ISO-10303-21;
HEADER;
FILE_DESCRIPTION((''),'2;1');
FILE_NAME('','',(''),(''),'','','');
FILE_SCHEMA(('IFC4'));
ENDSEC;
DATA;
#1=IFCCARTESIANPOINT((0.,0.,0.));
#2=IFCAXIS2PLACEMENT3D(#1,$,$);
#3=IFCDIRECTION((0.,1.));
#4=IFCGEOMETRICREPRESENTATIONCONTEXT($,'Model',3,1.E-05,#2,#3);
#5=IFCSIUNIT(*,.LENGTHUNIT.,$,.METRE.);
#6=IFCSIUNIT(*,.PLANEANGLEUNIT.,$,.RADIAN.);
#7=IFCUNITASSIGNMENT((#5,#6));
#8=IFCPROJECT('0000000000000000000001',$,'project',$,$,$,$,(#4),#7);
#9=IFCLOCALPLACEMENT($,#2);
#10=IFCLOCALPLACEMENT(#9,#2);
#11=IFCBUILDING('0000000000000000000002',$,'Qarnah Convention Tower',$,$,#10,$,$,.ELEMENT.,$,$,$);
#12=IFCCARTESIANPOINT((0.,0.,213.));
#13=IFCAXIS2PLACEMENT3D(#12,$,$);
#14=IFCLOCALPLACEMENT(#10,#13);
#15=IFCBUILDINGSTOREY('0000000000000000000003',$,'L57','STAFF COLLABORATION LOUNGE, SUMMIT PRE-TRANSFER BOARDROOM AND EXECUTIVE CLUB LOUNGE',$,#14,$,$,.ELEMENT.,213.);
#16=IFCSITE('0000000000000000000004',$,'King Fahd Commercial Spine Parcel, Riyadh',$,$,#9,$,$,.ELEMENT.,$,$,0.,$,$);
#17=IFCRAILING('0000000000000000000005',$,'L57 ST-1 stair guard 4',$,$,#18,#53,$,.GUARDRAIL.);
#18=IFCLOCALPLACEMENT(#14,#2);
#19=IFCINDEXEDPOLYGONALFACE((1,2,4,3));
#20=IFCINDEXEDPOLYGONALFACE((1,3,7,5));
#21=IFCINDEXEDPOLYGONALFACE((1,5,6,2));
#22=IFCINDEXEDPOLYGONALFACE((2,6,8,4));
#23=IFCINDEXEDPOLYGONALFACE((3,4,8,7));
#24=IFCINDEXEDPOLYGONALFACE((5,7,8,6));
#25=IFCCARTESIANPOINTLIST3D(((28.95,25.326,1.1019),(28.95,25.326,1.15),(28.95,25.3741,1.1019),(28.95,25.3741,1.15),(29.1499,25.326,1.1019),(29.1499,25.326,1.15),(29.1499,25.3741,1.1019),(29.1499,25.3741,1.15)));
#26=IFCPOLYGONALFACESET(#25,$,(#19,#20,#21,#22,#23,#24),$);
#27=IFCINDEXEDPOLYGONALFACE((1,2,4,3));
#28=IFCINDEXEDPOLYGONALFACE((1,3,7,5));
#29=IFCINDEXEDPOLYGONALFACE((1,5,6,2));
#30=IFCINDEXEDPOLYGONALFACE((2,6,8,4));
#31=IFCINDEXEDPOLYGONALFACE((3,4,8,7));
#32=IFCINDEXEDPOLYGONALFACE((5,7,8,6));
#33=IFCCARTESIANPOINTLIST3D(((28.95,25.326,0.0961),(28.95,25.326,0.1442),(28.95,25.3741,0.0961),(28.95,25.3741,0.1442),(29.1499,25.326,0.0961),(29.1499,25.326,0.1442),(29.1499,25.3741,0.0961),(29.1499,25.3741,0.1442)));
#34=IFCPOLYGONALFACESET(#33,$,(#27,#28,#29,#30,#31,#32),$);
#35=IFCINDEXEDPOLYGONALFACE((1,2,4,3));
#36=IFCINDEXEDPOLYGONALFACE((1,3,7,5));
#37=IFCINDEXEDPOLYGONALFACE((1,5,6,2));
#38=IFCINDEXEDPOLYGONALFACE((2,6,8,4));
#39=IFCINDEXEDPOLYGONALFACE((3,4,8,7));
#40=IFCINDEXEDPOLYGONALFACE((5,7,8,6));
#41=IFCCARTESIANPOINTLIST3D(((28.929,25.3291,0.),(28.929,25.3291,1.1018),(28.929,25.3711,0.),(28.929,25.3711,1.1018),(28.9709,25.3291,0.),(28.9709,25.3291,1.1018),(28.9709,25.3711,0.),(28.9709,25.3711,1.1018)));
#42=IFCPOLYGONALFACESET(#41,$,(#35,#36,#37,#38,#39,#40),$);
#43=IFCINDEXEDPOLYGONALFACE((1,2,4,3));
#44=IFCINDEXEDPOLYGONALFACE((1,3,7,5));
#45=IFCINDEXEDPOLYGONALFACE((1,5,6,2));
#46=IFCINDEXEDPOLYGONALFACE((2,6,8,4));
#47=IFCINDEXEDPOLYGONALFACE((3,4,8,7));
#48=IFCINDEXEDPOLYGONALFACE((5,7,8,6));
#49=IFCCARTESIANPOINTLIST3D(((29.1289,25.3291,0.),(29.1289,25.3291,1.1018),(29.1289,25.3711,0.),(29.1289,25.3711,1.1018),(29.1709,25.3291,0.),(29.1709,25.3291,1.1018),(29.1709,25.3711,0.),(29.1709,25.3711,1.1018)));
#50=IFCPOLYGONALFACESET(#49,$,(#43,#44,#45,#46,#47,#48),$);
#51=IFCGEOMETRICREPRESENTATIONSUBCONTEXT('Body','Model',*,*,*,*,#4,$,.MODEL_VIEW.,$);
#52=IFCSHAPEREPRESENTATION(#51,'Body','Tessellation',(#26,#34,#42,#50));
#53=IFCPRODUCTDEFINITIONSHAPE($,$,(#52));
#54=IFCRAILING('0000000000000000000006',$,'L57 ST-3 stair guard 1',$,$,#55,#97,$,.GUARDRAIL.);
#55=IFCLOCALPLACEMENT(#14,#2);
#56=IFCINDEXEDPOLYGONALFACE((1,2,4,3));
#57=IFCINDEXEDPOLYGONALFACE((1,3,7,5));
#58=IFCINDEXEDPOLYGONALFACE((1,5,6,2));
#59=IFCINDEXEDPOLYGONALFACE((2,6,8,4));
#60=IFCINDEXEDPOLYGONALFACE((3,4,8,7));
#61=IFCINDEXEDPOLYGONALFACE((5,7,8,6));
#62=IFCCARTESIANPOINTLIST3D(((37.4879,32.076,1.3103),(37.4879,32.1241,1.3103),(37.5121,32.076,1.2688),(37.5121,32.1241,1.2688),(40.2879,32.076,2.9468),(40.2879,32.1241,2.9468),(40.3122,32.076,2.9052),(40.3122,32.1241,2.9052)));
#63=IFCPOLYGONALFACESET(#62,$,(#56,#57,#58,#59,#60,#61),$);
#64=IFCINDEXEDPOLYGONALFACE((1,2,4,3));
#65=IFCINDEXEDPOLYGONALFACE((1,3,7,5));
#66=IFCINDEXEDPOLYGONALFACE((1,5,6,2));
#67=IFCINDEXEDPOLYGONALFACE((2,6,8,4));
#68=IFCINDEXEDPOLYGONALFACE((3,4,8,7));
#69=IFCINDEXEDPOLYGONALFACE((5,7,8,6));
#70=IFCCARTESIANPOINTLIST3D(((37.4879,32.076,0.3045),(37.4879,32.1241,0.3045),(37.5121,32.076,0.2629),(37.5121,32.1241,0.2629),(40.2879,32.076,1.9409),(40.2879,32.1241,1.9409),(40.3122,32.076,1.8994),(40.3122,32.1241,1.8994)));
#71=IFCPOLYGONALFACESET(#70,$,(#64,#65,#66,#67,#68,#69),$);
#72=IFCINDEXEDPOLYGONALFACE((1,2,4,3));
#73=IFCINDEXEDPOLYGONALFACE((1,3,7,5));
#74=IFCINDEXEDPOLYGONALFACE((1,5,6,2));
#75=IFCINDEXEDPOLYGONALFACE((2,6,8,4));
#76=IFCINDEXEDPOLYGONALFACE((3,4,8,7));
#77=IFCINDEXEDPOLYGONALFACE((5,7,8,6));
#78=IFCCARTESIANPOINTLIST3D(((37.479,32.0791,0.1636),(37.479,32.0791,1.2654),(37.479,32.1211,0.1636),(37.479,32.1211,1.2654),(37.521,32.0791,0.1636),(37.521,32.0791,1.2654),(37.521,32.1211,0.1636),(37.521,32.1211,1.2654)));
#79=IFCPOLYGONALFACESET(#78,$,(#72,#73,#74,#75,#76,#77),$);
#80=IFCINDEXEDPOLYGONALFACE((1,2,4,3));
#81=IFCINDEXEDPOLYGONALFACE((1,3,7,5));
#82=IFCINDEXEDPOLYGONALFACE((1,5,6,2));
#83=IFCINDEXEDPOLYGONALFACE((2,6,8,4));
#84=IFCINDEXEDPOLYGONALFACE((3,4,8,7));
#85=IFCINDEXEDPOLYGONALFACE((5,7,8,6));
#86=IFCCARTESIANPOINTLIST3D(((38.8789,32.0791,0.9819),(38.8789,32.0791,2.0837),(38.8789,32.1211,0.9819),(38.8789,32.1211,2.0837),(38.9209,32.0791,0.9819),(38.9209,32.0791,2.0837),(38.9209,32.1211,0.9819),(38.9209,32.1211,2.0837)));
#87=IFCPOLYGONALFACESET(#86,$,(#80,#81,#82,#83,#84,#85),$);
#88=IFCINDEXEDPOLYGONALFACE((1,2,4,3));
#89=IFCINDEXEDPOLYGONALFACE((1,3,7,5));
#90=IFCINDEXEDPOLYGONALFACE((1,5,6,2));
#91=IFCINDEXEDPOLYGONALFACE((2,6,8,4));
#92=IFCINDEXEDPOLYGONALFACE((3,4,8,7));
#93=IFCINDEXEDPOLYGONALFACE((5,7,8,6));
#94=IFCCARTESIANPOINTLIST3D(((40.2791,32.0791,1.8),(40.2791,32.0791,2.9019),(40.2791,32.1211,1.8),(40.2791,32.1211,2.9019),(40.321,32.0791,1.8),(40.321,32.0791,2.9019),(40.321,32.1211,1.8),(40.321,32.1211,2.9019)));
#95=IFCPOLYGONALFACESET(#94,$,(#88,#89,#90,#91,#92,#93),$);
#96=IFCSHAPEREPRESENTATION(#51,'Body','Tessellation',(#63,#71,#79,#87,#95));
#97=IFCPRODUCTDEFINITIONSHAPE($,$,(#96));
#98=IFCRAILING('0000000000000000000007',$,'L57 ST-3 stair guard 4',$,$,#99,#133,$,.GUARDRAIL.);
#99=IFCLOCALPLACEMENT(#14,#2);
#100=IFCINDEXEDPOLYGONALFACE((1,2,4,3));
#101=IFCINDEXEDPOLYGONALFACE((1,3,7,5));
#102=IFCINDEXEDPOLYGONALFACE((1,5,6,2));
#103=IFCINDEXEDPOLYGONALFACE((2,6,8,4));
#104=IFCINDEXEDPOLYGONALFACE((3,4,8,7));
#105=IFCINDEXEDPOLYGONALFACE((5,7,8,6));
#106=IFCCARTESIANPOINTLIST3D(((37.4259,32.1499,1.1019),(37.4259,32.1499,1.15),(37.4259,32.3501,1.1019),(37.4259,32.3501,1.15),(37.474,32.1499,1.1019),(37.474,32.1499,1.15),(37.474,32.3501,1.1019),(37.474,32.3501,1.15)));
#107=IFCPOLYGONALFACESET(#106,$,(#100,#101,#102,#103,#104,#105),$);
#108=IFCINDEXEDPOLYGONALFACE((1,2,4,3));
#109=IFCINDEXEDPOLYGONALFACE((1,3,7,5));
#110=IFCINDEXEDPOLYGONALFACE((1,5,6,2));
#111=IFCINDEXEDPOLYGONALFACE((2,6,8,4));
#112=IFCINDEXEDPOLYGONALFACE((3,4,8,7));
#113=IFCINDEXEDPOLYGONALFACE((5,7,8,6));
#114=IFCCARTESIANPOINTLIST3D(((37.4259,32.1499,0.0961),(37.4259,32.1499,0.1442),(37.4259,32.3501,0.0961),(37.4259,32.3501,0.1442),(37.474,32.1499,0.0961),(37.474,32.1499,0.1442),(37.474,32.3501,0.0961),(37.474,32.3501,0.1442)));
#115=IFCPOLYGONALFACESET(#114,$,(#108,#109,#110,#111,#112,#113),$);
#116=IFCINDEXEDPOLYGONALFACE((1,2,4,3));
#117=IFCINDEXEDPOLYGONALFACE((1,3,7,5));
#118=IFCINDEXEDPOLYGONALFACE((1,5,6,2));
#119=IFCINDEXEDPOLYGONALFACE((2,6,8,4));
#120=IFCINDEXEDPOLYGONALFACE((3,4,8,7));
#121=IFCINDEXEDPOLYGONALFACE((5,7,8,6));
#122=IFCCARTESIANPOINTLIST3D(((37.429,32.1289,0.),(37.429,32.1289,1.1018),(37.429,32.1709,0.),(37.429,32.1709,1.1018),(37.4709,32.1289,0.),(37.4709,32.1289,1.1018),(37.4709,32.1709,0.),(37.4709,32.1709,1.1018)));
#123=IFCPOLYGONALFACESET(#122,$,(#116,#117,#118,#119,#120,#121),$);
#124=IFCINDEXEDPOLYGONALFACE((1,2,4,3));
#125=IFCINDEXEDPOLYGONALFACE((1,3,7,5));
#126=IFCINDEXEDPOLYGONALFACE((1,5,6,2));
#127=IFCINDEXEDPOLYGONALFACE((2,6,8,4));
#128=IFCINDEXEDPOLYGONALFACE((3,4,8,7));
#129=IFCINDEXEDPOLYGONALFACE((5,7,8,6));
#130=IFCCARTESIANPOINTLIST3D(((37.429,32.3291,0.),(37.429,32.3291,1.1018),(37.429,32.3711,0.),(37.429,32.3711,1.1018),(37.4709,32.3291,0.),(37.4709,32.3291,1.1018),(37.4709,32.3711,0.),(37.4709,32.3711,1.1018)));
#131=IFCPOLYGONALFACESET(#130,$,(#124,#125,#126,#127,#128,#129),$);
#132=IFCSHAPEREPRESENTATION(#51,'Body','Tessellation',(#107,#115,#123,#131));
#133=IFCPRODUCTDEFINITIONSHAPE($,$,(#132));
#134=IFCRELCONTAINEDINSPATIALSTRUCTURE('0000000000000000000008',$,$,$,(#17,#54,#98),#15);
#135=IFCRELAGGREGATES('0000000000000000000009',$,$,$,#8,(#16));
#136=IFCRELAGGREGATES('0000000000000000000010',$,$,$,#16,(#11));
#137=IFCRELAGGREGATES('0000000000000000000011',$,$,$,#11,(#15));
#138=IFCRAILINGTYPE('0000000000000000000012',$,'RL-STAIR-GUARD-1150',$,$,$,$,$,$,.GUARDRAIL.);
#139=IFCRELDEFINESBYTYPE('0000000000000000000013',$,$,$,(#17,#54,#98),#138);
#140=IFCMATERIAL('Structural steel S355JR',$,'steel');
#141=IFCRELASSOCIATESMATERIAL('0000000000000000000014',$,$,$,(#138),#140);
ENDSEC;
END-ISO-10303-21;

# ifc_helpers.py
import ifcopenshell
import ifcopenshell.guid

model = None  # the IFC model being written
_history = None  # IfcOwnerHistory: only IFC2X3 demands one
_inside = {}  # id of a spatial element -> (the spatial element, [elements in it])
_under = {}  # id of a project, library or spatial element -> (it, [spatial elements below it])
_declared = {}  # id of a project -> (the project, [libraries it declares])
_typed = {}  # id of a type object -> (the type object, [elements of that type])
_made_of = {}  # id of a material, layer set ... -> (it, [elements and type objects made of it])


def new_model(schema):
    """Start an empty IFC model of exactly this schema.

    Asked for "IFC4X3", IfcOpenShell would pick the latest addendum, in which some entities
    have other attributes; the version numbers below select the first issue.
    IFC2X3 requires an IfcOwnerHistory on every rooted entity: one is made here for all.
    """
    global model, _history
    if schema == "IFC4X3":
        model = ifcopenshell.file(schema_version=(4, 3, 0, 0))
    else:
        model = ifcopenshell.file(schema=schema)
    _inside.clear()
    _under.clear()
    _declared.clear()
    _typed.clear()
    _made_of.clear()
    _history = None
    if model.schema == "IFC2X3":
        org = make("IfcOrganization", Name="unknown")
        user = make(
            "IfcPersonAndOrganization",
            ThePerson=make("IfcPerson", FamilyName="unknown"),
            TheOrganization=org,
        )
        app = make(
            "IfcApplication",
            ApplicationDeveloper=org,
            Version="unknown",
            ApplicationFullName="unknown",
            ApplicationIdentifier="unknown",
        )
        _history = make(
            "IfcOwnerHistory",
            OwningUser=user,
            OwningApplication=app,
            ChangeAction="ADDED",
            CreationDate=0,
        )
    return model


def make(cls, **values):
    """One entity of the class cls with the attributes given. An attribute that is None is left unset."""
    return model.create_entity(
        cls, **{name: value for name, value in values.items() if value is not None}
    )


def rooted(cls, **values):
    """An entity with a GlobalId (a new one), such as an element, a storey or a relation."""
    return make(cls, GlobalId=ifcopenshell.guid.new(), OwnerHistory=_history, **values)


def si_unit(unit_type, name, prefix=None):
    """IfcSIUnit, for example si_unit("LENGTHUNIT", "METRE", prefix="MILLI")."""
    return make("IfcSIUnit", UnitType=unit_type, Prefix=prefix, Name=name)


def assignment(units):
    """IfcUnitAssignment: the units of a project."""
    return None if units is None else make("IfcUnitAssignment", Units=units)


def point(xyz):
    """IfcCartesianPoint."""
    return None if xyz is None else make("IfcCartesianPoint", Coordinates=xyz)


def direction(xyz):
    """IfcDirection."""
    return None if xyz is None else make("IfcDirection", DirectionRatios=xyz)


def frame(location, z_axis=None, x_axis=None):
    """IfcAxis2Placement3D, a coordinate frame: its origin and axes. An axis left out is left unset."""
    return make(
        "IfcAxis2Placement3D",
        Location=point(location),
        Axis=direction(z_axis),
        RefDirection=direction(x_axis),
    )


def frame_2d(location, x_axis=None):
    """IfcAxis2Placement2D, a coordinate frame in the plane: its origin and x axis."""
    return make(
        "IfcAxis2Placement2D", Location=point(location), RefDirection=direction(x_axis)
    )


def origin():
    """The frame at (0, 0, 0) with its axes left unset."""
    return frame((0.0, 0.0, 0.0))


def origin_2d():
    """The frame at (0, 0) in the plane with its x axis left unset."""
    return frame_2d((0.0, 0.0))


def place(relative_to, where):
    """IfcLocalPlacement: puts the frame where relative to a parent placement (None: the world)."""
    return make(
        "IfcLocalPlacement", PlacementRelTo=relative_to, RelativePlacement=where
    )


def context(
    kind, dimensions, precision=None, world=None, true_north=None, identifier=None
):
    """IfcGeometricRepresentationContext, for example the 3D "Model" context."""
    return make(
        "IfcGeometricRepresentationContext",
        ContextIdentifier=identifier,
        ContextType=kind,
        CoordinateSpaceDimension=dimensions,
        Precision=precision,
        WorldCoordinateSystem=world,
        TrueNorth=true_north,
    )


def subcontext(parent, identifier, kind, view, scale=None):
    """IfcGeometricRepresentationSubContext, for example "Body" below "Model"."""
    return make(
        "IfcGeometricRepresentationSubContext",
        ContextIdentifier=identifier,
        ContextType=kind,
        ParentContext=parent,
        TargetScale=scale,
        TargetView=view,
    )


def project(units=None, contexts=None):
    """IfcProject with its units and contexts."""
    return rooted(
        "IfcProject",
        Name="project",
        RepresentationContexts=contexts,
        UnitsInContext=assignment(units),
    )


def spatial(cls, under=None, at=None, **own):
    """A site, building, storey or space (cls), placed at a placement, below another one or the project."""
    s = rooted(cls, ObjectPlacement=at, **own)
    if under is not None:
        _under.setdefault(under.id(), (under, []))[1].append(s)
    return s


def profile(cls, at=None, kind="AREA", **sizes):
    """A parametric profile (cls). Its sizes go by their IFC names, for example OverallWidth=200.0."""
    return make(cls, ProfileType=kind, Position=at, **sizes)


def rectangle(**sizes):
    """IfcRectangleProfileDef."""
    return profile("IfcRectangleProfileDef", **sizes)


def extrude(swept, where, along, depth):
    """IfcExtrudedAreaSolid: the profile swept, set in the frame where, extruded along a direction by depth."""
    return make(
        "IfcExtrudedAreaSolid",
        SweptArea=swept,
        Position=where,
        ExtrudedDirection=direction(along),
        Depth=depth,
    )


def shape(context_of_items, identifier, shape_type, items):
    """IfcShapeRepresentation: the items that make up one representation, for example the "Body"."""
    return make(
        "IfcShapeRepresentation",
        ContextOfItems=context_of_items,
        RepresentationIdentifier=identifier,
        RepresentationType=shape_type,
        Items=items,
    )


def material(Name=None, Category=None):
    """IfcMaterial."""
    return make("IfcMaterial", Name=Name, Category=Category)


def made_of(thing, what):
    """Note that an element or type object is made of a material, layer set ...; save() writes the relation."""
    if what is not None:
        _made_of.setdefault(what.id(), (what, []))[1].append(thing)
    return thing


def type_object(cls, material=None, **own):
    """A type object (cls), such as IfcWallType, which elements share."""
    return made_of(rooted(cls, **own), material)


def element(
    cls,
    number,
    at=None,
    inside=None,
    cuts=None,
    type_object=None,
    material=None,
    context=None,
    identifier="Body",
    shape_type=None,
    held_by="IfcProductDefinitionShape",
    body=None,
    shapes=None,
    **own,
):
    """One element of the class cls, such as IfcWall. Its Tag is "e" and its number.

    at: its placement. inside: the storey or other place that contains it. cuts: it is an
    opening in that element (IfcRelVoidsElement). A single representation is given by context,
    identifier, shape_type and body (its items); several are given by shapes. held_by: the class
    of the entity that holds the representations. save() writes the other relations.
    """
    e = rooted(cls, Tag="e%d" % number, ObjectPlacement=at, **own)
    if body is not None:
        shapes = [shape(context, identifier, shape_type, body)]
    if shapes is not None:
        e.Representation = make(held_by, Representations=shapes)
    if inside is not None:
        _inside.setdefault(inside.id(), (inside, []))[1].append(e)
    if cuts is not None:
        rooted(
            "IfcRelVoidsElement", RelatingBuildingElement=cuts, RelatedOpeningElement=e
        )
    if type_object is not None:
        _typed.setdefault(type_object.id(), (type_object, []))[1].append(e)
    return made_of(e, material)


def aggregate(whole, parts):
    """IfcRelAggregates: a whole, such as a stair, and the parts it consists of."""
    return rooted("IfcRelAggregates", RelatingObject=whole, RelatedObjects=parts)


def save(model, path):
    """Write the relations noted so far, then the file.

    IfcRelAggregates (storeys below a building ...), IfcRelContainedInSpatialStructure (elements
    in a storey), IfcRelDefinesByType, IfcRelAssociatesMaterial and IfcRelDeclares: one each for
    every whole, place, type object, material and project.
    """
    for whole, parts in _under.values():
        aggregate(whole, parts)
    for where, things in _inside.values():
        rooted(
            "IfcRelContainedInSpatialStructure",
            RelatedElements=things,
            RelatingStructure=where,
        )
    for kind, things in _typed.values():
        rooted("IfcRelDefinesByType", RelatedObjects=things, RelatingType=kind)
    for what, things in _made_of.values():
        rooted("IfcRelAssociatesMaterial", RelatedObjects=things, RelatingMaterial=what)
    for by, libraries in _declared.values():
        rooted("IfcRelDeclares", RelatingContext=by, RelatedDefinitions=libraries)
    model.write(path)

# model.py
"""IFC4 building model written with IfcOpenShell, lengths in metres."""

from ifc_helpers import new_model, si_unit, direction, frame, origin, origin_2d, place, context, subcontext, project, spatial, rectangle, extrude, material, type_object, element, save


model = new_model("IFC4")

# Units and contexts
model_context = context("Model", 3, precision=1e-05, world=origin(), true_north=direction((0.0, 1.0)))
body_context = subcontext(model_context, "Body", "Model", "MODEL_VIEW")
ifc_project = project(units=[si_unit("LENGTHUNIT", "METRE"), si_unit("PLANEANGLEUNIT", "RADIAN")], contexts=[model_context])

# Site, building, storey
site_placement = place(None, origin())
site = spatial("IfcSite", under=ifc_project, at=site_placement, Name="King Fahd Commercial Spine Parcel, Riyadh", CompositionType="ELEMENT", RefElevation=0.0)
building_placement = place(site_placement, origin())
building = spatial("IfcBuilding", under=site, at=building_placement, Name="Qarnah Convention Tower", CompositionType="ELEMENT")
storey_placement = place(building_placement, frame((0.0, 0.0, 213.0)))
storey = spatial("IfcBuildingStorey", under=building, at=storey_placement, Name="L57", Description="STAFF COLLABORATION LOUNGE, SUMMIT PRE-TRANSFER BOARDROOM AND EXECUTIVE CLUB LOUNGE", CompositionType="ELEMENT", Elevation=213.0)

# Shared definitions
ifc_material_1 = material(Name="Structural steel S355JR", Category="steel")

# Railings
railing_type = type_object("IfcRailingType", Name="RL-STAIR-GUARD-1150", PredefinedType="GUARDRAIL", material=ifc_material_1)
railing_1_placement = place(storey_placement, frame((28.95, 25.3501, 0.0)))
element("IfcRailing", 1, at=railing_1_placement, inside=storey, type_object=railing_type, Name="L57 ST-1 stair guard 4", PredefinedType="GUARDRAIL", context=body_context, shape_type="SweptSolid", body=[
    extrude(rectangle(XDim=0.0481, YDim=0.0481, at=origin_2d()), frame((0.0, 0.0, 1.126), z_axis=(1.0, 0.0, 0.0), x_axis=(0.0, 1.0, 0.0)), (0.0, 0.0, 1.0), 0.2),
    extrude(rectangle(XDim=0.0481, YDim=0.0481, at=origin_2d()), frame((0.0, 0.0, 0.1201), z_axis=(1.0, 0.0, 0.0), x_axis=(0.0, 1.0, 0.0)), (0.0, 0.0, 1.0), 0.2),
    extrude(rectangle(XDim=0.042, YDim=0.042, at=origin_2d()), origin(), (0.0, 0.0, 1.0), 1.1018),
    extrude(rectangle(XDim=0.042, YDim=0.042, at=origin_2d()), frame((0.2, 0.0, 0.0)), (0.0, 0.0, 1.0), 1.1018),
])
railing_2_placement = place(storey_placement, frame((37.5, 32.1001, 0.1636)))
element("IfcRailing", 2, at=railing_2_placement, inside=storey, type_object=railing_type, Name="L57 ST-3 stair guard 1", PredefinedType="GUARDRAIL", context=body_context, shape_type="SweptSolid", body=[
    extrude(rectangle(XDim=0.0481, YDim=0.0481, at=origin_2d()), frame((0.0, 0.0, 1.126), z_axis=(0.863361, 0.0, 0.504587), x_axis=(0.0, 1.0, 0.0)), (0.0, 0.0, 1.0), 3.2432),
    extrude(rectangle(XDim=0.0481, YDim=0.0481, at=origin_2d()), frame((0.0, 0.0, 0.1201), z_axis=(0.863361, 0.0, 0.504587), x_axis=(0.0, 1.0, 0.0)), (0.0, 0.0, 1.0), 3.2432),
    extrude(rectangle(XDim=0.042, YDim=0.042, at=origin_2d()), origin(), (0.0, 0.0, 1.0), 1.1018),
    extrude(rectangle(XDim=0.042, YDim=0.042, at=origin_2d()), frame((1.3999, 0.0, 0.8184)), (0.0, 0.0, 1.0), 1.1018),
    extrude(rectangle(XDim=0.042, YDim=0.042, at=origin_2d()), frame((2.8, 0.0, 1.6365)), (0.0, 0.0, 1.0), 1.1018),
])
railing_3_placement = place(storey_placement, frame((37.45, 32.1499, 0.0)))
element("IfcRailing", 3, at=railing_3_placement, inside=storey, type_object=railing_type, Name="L57 ST-3 stair guard 4", PredefinedType="GUARDRAIL", context=body_context, shape_type="SweptSolid", body=[
    extrude(rectangle(XDim=0.0481, YDim=0.0481, at=origin_2d()), frame((0.0, 0.0, 1.126), z_axis=(0.0, 1.0, 0.0), x_axis=(-1.0, 0.0, 0.0)), (0.0, 0.0, 1.0), 0.2002),
    extrude(rectangle(XDim=0.0481, YDim=0.0481, at=origin_2d()), frame((0.0, 0.0, 0.1201), z_axis=(0.0, 1.0, 0.0), x_axis=(-1.0, 0.0, 0.0)), (0.0, 0.0, 1.0), 0.2002),
    extrude(rectangle(XDim=0.042, YDim=0.042, at=origin_2d()), origin(), (0.0, 0.0, 1.0), 1.1018),
    extrude(rectangle(XDim=0.042, YDim=0.042, at=origin_2d()), frame((0.0, 0.2002, 0.0)), (0.0, 0.0, 1.0), 1.1018),
])

save(model, "model.ifc")
